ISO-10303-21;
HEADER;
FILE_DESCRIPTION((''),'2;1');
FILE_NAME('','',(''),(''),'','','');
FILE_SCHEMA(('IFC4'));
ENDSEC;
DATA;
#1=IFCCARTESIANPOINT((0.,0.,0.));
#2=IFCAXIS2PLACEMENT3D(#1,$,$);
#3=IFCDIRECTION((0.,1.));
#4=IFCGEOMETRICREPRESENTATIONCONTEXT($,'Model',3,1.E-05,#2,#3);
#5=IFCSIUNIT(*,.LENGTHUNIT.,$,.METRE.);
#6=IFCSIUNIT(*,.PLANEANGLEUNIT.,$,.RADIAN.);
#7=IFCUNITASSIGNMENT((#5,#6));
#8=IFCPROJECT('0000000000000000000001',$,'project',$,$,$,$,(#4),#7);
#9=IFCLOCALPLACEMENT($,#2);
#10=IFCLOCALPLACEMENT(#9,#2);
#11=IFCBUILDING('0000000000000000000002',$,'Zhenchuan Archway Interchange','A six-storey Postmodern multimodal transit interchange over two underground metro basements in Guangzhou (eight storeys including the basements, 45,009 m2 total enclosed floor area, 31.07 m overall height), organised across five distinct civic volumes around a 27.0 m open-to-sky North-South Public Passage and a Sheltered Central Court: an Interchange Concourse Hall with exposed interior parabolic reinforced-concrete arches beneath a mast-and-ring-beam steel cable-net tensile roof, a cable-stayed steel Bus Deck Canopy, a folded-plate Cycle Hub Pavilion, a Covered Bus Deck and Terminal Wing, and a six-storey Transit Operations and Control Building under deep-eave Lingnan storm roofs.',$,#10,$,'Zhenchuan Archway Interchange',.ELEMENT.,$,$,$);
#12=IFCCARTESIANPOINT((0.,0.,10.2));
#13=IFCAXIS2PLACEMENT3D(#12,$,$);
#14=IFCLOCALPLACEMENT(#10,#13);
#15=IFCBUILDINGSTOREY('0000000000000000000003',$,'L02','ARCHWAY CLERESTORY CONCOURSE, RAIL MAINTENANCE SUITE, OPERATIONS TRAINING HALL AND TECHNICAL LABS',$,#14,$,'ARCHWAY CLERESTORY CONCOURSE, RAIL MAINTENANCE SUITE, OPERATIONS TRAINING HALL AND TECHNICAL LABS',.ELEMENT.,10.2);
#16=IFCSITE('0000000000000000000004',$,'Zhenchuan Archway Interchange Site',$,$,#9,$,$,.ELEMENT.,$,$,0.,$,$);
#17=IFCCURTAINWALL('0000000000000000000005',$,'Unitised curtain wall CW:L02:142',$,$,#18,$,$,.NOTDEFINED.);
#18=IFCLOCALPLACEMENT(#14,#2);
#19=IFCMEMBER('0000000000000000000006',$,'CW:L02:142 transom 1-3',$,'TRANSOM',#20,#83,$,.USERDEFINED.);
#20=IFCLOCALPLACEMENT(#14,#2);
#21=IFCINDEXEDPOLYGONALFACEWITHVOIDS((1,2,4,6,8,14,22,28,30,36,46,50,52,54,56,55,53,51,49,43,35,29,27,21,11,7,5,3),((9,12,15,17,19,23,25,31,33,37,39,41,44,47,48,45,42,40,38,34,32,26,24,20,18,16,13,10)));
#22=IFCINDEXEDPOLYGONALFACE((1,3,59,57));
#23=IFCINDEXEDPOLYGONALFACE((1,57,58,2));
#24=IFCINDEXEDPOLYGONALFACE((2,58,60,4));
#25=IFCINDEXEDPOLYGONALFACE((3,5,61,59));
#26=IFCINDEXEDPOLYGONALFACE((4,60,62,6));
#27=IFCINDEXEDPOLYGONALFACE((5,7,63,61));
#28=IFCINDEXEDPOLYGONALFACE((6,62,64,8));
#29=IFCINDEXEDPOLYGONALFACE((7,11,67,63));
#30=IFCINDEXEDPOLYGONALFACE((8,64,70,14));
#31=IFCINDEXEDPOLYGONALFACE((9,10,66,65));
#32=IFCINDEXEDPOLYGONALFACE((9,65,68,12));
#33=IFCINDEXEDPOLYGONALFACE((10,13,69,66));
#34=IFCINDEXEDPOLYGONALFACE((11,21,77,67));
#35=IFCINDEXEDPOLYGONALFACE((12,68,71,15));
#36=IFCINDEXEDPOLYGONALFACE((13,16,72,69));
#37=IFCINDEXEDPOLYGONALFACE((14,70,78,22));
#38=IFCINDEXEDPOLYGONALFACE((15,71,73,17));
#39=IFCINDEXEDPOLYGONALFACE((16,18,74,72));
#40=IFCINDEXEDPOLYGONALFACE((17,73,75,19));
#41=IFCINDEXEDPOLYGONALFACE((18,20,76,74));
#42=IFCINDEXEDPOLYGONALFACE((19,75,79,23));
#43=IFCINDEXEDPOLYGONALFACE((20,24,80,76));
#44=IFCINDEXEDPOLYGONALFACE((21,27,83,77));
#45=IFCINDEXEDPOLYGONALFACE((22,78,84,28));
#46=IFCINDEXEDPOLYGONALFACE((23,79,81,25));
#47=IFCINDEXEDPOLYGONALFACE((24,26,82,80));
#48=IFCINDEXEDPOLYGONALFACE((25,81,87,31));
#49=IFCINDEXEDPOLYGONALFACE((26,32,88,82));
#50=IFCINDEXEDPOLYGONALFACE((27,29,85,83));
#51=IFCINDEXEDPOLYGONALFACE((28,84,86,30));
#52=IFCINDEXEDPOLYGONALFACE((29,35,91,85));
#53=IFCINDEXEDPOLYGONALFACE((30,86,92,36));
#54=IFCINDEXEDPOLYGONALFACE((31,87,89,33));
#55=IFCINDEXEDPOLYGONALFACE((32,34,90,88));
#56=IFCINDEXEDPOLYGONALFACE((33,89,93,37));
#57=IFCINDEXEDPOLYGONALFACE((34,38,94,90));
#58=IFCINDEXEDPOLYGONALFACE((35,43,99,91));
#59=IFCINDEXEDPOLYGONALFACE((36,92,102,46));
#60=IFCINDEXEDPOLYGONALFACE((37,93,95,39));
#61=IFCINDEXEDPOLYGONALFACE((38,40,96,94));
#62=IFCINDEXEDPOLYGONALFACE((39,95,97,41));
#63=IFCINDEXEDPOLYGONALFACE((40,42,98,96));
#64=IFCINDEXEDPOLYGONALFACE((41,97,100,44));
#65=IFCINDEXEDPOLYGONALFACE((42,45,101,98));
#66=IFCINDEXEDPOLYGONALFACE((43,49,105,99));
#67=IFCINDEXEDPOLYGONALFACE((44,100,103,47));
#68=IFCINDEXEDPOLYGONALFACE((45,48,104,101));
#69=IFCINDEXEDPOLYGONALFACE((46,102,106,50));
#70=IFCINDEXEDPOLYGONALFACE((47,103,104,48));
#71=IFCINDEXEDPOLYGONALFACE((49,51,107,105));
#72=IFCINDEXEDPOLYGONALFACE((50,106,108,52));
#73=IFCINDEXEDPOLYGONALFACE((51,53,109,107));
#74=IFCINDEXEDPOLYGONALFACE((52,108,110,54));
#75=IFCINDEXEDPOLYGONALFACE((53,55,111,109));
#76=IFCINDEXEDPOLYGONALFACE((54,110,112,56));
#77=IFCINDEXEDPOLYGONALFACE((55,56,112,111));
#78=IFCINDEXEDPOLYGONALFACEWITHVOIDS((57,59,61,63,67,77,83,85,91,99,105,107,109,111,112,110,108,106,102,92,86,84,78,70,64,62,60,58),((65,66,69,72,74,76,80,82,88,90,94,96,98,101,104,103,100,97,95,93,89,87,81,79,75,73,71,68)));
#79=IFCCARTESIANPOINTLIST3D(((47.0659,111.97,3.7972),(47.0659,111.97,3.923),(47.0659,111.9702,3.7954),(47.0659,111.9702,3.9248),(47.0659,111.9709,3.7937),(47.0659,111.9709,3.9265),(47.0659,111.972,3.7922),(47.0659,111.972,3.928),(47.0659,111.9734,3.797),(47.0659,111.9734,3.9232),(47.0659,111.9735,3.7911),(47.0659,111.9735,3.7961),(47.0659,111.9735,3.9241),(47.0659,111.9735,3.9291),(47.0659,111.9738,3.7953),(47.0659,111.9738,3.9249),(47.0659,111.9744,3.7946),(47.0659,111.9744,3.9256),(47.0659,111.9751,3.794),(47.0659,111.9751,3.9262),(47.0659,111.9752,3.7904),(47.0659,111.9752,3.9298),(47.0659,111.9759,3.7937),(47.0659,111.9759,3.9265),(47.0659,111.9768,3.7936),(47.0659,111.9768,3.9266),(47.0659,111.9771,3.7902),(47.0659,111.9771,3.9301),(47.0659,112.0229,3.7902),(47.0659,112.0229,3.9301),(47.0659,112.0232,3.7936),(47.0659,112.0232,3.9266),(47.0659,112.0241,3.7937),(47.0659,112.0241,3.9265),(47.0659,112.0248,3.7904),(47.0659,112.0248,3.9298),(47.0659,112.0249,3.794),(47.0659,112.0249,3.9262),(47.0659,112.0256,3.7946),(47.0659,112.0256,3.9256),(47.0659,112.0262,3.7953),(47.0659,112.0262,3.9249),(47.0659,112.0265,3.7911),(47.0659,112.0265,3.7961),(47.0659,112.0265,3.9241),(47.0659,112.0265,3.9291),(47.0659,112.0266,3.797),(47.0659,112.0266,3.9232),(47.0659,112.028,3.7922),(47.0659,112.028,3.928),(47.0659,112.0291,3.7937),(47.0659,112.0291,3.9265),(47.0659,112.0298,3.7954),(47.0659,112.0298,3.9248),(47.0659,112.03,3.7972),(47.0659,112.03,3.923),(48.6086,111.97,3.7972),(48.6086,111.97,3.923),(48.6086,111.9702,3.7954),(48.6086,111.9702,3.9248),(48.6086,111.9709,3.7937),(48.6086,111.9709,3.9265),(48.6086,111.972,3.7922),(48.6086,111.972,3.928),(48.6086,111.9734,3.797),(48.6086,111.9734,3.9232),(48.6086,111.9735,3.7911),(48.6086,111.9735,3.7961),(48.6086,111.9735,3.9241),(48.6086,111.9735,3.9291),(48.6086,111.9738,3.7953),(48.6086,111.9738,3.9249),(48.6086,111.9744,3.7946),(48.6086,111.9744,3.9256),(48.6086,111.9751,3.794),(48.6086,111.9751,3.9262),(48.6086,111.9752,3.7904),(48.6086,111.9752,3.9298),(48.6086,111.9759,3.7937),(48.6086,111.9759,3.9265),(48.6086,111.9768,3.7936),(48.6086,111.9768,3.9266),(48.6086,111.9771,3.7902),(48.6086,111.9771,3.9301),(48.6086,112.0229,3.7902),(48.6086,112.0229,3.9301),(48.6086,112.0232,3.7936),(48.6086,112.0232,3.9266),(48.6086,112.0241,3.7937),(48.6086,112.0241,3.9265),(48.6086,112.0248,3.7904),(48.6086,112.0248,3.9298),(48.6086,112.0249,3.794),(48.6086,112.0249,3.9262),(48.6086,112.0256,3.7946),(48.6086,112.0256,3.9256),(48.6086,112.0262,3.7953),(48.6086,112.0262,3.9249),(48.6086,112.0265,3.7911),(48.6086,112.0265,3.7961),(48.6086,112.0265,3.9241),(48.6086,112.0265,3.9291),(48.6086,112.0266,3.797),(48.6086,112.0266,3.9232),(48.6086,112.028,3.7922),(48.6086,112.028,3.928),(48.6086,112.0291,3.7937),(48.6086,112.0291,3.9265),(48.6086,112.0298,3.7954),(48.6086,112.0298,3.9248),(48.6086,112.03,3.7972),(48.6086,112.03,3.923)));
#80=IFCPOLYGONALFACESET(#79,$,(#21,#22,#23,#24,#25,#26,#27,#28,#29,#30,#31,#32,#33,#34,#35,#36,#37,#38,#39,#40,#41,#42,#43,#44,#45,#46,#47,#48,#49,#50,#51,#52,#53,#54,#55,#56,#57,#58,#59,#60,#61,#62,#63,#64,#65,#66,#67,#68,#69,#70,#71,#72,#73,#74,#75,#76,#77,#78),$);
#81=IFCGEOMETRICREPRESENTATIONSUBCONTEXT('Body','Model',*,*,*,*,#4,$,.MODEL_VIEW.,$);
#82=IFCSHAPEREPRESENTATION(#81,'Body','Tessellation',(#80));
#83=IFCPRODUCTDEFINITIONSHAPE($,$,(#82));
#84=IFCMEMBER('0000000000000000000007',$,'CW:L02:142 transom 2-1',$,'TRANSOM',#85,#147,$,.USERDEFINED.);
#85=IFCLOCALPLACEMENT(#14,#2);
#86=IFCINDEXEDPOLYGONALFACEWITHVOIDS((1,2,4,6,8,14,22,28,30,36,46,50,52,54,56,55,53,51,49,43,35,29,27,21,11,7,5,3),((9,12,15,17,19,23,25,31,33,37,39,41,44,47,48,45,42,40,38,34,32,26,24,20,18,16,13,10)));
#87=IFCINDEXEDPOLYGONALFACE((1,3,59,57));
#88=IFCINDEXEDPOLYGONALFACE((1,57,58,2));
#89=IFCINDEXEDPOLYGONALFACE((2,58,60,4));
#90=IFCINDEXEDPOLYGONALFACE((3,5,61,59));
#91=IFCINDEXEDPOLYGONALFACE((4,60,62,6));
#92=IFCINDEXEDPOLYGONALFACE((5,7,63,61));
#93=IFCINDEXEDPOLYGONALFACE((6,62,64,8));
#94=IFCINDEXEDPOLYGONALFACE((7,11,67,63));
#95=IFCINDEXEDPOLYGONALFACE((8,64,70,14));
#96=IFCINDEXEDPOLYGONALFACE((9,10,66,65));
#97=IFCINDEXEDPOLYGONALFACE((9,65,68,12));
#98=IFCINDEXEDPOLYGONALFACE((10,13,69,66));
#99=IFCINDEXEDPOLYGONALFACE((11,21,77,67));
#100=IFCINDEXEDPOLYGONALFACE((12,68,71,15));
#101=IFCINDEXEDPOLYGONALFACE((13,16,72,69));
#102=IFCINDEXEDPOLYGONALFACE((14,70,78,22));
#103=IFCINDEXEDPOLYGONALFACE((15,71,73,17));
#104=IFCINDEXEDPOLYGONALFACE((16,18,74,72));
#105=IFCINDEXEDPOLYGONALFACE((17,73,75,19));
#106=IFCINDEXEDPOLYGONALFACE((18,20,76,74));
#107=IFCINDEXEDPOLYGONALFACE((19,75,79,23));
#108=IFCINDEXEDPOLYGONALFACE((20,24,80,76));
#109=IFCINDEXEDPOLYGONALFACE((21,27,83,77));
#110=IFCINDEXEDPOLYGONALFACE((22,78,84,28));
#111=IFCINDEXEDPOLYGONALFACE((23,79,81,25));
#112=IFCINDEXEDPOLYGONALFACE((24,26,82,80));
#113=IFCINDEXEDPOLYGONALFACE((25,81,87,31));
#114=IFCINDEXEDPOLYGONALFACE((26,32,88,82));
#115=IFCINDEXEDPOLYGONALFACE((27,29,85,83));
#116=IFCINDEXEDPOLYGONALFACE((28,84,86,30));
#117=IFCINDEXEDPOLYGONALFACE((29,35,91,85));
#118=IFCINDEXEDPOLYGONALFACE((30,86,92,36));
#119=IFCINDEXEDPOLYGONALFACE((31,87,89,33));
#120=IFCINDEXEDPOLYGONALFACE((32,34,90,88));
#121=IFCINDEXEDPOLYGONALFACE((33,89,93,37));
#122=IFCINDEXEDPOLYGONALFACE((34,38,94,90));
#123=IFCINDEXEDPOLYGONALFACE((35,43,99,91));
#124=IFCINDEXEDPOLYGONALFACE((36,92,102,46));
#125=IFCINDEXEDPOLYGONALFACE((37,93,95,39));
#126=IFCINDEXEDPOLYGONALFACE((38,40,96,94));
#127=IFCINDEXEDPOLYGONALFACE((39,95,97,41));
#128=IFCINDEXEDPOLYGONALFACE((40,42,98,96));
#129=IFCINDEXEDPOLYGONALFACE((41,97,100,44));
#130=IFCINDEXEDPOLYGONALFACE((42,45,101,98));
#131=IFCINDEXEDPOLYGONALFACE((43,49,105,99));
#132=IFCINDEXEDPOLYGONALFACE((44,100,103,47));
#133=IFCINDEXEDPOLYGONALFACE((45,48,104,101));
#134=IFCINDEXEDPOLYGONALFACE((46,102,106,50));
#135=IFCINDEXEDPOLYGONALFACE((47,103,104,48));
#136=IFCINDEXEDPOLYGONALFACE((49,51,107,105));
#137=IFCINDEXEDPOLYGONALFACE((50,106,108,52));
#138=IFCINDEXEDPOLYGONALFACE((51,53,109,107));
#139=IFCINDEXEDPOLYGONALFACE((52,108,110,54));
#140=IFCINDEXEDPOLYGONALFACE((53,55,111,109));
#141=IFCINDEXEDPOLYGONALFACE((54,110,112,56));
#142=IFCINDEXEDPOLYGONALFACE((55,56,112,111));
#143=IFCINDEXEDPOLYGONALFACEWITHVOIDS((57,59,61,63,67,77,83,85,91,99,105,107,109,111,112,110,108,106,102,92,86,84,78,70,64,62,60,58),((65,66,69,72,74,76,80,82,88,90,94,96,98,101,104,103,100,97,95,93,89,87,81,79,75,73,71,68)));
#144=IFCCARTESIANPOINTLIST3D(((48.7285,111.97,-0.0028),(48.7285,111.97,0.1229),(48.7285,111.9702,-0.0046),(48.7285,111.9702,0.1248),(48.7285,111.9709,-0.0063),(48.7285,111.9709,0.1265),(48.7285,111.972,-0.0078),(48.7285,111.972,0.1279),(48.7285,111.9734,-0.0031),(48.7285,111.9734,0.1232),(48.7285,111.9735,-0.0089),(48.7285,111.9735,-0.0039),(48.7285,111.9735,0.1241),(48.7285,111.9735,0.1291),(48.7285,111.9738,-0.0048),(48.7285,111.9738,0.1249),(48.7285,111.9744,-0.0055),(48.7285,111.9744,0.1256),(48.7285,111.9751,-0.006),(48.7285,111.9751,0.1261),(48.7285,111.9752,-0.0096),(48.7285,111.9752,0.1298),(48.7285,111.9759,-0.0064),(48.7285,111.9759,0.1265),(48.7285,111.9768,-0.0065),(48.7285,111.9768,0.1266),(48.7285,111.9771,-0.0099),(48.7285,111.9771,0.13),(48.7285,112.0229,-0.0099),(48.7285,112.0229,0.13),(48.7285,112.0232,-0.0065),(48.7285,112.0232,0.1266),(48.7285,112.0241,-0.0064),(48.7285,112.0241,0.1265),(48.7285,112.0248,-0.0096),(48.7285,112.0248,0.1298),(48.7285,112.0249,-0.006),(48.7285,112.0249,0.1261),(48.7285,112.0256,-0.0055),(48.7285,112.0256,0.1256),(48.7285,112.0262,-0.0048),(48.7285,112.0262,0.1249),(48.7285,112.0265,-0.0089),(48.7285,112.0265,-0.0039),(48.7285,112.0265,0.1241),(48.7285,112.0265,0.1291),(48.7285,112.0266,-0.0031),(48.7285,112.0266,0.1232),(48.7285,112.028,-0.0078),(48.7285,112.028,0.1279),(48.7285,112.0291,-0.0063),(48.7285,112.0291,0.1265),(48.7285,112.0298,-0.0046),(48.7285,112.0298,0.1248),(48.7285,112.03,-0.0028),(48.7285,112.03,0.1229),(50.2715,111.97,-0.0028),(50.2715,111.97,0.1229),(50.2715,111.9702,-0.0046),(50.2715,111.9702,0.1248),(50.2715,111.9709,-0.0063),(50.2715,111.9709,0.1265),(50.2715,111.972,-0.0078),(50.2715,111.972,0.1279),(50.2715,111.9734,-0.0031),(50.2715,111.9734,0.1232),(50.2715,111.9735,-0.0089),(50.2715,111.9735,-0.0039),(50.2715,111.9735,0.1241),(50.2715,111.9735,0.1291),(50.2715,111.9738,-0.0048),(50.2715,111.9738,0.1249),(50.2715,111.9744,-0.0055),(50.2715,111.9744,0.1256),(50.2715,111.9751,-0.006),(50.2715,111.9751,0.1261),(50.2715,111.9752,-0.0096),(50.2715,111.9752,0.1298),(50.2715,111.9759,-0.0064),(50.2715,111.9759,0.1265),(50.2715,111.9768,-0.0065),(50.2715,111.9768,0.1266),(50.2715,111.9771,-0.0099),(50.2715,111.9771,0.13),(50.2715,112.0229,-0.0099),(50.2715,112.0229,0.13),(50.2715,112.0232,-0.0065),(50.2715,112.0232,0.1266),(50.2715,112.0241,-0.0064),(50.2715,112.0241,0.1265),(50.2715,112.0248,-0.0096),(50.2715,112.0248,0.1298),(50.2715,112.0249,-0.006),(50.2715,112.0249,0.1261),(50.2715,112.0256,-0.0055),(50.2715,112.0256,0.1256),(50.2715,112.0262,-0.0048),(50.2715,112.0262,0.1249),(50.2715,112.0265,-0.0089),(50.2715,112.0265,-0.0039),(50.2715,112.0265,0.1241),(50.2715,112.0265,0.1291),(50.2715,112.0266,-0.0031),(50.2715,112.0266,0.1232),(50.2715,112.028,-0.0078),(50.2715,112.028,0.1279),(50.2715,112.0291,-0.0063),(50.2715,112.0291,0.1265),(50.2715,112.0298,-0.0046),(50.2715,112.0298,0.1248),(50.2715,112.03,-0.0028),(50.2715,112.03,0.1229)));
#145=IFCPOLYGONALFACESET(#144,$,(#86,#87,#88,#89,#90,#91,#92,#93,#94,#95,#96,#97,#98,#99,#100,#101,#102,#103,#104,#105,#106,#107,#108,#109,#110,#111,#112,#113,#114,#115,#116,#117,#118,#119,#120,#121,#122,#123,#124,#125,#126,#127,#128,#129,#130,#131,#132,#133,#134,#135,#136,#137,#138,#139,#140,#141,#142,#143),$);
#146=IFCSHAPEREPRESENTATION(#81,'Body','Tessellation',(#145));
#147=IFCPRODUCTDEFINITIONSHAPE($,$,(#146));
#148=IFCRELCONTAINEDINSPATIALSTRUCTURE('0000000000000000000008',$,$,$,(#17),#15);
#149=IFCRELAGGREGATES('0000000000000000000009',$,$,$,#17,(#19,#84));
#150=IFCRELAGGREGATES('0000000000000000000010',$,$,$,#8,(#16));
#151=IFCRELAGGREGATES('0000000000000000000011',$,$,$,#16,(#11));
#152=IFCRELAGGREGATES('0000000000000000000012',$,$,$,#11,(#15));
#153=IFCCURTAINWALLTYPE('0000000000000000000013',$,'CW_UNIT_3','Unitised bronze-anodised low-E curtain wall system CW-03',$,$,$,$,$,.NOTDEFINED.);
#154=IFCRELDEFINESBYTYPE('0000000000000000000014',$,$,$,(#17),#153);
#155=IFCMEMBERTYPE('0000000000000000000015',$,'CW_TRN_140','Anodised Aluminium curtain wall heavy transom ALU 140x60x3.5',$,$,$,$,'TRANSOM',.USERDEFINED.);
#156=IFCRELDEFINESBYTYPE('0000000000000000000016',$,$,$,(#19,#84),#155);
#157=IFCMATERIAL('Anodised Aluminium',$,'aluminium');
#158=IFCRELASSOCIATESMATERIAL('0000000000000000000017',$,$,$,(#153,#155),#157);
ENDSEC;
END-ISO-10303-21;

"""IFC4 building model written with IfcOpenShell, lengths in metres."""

from ifc_helpers import new_model, si_unit, direction, frame, origin, origin_2d, place, context, subcontext, project, spatial, hollow_rectangle, extrude, material, material_profile, profile_set, type_object, element, aggregate, save


model = new_model("IFC4")

# Units and contexts
model_context = context("Model", 3, precision=1e-05, world=origin(), true_north=direction((0.0, 1.0)))
body_context = subcontext(model_context, "Body", "Model", "MODEL_VIEW")
ifc_project = project(units=[si_unit("LENGTHUNIT", "METRE"), si_unit("PLANEANGLEUNIT", "RADIAN")], contexts=[model_context])

# Site, building, storey
site_placement = place(None, origin())
site = spatial("IfcSite", under=ifc_project, at=site_placement, Name="Zhenchuan Archway Interchange Site", CompositionType="ELEMENT", RefElevation=0.0)
building_placement = place(site_placement, origin())
building = spatial("IfcBuilding", under=site, at=building_placement, Name="Zhenchuan Archway Interchange", Description="A six-storey Postmodern multimodal transit interchange over two underground metro basements in Guangzhou (eight storeys including the basements, 45,009 m2 total enclosed floor area, 31.07 m overall height), organised across five distinct civic volumes around a 27.0 m open-to-sky North-South Public Passage and a Sheltered Central Court: an Interchange Concourse Hall with exposed interior parabolic reinforced-concrete arches beneath a mast-and-ring-beam steel cable-net tensile roof, a cable-stayed steel Bus Deck Canopy, a folded-plate Cycle Hub Pavilion, a Covered Bus Deck and Terminal Wing, and a six-storey Transit Operations and Control Building under deep-eave Lingnan storm roofs.", LongName="Zhenchuan Archway Interchange", CompositionType="ELEMENT")
storey_placement = place(building_placement, frame((0.0, 0.0, 10.2)))
storey = spatial("IfcBuildingStorey", under=building, at=storey_placement, Name="L02", Description="ARCHWAY CLERESTORY CONCOURSE, RAIL MAINTENANCE SUITE, OPERATIONS TRAINING HALL AND TECHNICAL LABS", LongName="ARCHWAY CLERESTORY CONCOURSE, RAIL MAINTENANCE SUITE, OPERATIONS TRAINING HALL AND TECHNICAL LABS", CompositionType="ELEMENT", Elevation=10.2)

# Curtain wall, members
ifc_material_1 = material(Name="Anodised Aluminium", Category="aluminium")
curtain_wall_type = type_object("IfcCurtainWallType", Name="CW_UNIT_3", Description="Unitised bronze-anodised low-E curtain wall system CW-03", PredefinedType="NOTDEFINED", material=ifc_material_1)
curtain_wall_placement = place(storey_placement, origin())
curtain_wall = element("IfcCurtainWall", 1, at=curtain_wall_placement, inside=storey, type_object=curtain_wall_type, Name="Unitised curtain wall CW:L02:142", PredefinedType="NOTDEFINED")
ifc_material_profile_1 = material_profile(ifc_material_1, hollow_rectangle(XDim=0.0601, YDim=0.1399, WallThickness=0.0034, InnerFilletRadius=0.0034, OuterFilletRadius=0.0071, at=origin_2d()), Name="ALU 140x60x3.5")
ifc_profile_set_1 = profile_set([ifc_material_profile_1], Name="Anodised Aluminium")
member_type_1 = type_object("IfcMemberType", Name="CW_TRN_140", Description="Anodised Aluminium curtain wall heavy transom ALU 140x60x3.5", ElementType="TRANSOM", PredefinedType="USERDEFINED", material=ifc_profile_set_1)
member_1_placement = place(storey_placement, frame((47.0659, 112.0, 3.8601), z_axis=(1.0, 0.0, 0.0), x_axis=(0.0, 1.0, 0.0)))
member_1 = element("IfcMember", 2, at=member_1_placement, type_object=member_type_1, Name="CW:L02:142 transom 1-3", ObjectType="TRANSOM", PredefinedType="USERDEFINED", context=body_context, shape_type="SweptSolid", body=[
    extrude(hollow_rectangle(XDim=0.0601, YDim=0.1399, WallThickness=0.0034, InnerFilletRadius=0.0034, OuterFilletRadius=0.0071, at=origin_2d()), origin(), (0.0, 0.0, 1.0), 1.5427),
])
member_2_placement = place(storey_placement, frame((48.7285, 112.0, 0.0601), z_axis=(1.0, 0.0, 0.0), x_axis=(0.0, 1.0, 0.0)))
member_2 = element("IfcMember", 3, at=member_2_placement, type_object=member_type_1, Name="CW:L02:142 transom 2-1", ObjectType="TRANSOM", PredefinedType="USERDEFINED", context=body_context, shape_type="SweptSolid", body=[
    extrude(hollow_rectangle(XDim=0.0601, YDim=0.1399, WallThickness=0.0034, InnerFilletRadius=0.0034, OuterFilletRadius=0.0071, at=origin_2d()), origin(), (0.0, 0.0, 1.0), 1.543),
])

aggregate(curtain_wall, [member_1, member_2])

save(model, "model.ifc")
